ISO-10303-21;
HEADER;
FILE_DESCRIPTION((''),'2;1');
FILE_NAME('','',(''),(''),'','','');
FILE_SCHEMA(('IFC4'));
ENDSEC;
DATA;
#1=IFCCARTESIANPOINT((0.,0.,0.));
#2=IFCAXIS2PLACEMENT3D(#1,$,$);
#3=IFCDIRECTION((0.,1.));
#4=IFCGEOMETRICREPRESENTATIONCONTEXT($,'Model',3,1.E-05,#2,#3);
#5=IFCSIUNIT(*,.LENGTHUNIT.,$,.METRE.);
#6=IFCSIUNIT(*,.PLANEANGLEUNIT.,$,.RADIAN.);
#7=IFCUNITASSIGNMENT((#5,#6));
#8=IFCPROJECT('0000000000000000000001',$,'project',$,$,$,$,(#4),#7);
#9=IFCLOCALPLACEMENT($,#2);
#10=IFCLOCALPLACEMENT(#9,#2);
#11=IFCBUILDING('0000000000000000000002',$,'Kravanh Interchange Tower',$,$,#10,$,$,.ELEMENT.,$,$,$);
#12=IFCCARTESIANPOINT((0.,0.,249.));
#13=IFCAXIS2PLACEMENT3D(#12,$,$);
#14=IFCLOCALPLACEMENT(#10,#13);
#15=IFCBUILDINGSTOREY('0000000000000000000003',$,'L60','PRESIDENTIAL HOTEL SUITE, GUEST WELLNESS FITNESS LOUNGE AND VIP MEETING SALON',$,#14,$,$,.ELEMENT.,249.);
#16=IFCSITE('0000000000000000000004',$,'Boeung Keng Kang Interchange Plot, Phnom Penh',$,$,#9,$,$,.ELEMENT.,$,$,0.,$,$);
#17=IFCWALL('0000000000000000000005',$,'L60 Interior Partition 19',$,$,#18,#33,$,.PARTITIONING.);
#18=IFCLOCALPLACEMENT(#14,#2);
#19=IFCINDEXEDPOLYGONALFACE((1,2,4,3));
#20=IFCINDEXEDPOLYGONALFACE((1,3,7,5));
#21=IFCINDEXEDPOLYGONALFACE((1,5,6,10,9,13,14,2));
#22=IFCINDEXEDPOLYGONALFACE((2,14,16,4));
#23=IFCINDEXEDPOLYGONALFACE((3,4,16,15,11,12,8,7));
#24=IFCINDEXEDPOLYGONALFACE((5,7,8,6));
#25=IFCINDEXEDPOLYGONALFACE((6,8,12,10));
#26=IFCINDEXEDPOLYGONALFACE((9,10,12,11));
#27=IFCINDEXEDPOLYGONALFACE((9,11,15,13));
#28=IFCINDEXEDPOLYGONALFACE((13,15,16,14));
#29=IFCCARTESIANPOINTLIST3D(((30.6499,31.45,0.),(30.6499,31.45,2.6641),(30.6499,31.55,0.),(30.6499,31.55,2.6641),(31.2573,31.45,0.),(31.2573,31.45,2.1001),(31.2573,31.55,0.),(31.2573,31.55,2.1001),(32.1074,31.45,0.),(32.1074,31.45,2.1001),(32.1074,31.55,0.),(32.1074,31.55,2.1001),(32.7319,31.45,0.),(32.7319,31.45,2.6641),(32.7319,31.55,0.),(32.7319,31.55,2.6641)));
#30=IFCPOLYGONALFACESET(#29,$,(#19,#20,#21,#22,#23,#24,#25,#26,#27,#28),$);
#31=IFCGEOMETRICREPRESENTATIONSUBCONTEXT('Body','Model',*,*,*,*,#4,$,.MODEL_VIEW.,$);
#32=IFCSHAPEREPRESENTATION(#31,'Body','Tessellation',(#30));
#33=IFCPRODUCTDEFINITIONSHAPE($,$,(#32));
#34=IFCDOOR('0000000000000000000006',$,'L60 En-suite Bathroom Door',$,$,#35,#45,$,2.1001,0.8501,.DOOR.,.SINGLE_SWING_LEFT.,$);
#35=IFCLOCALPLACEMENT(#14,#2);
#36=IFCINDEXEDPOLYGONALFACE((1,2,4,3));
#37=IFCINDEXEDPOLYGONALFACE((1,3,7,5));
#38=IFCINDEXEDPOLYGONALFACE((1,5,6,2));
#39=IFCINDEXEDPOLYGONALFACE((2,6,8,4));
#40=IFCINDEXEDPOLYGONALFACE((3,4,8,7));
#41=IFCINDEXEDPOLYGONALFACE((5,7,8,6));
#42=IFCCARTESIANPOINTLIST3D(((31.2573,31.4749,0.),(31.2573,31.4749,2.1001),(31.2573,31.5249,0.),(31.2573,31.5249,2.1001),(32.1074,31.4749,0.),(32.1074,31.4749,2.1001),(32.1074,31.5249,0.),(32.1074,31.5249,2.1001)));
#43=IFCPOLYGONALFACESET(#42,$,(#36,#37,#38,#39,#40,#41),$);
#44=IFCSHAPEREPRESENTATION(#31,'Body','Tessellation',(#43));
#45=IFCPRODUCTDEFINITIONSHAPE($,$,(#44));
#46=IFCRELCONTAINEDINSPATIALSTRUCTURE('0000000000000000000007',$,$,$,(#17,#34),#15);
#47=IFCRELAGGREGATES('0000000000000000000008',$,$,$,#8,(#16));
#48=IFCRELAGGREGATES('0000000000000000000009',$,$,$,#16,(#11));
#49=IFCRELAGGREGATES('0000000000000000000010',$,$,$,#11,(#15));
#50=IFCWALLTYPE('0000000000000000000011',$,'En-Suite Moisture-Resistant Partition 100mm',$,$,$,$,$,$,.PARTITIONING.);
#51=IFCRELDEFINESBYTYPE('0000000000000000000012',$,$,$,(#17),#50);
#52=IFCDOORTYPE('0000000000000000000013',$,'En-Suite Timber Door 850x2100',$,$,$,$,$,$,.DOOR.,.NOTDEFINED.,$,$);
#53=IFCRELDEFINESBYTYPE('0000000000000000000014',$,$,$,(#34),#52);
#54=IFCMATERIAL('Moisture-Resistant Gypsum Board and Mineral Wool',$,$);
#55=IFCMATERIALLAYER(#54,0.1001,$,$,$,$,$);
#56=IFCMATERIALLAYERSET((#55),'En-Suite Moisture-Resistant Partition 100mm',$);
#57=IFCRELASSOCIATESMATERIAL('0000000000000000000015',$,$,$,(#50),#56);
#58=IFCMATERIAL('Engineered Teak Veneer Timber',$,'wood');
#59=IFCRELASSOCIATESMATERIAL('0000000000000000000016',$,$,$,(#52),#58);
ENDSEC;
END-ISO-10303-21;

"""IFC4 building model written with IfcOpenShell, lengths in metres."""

from ifc_helpers import new_model, si_unit, direction, frame, frame_2d, origin, place, context, subcontext, project, spatial, rectangle, extrude, material, layer, layer_set, type_object, element, fill, save


model = new_model("IFC4")

# Units and contexts
model_context = context("Model", 3, precision=1e-05, world=origin(), true_north=direction((0.0, 1.0)))
body_context = subcontext(model_context, "Body", "Model", "MODEL_VIEW")
ifc_project = project(units=[si_unit("LENGTHUNIT", "METRE"), si_unit("PLANEANGLEUNIT", "RADIAN")], contexts=[model_context])

# Site, building, storey
site_placement = place(None, origin())
site = spatial("IfcSite", under=ifc_project, at=site_placement, Name="Boeung Keng Kang Interchange Plot, Phnom Penh", CompositionType="ELEMENT", RefElevation=0.0)
building_placement = place(site_placement, origin())
building = spatial("IfcBuilding", under=site, at=building_placement, Name="Kravanh Interchange Tower", CompositionType="ELEMENT")
storey_placement = place(building_placement, frame((0.0, 0.0, 249.0)))
storey = spatial("IfcBuildingStorey", under=building, at=storey_placement, Name="L60", Description="PRESIDENTIAL HOTEL SUITE, GUEST WELLNESS FITNESS LOUNGE AND VIP MEETING SALON", CompositionType="ELEMENT", Elevation=249.0)

# Shared definitions
ifc_material_1 = material(Name="Moisture-Resistant Gypsum Board and Mineral Wool")
ifc_layer_1 = layer(ifc_material_1, 0.1001)
ifc_layer_set_1 = layer_set([ifc_layer_1], Name="En-Suite Moisture-Resistant Partition 100mm")
wall_type_1 = type_object("IfcWallType", Name="En-Suite Moisture-Resistant Partition 100mm", PredefinedType="PARTITIONING", material=ifc_layer_set_1)

# Wall, opening, door
wall_1_placement = place(storey_placement, frame((30.6499, 31.5, 0.0), z_axis=(0.0, 0.0, 1.0), x_axis=(1.0, 0.0, 0.0)))
wall_1 = element("IfcWall", 1, at=wall_1_placement, inside=storey, type_object=wall_type_1, Name="L60 Interior Partition 19", PredefinedType="PARTITIONING", context=body_context, shape_type="SweptSolid", body=[
    extrude(rectangle(XDim=2.082, YDim=0.1001, at=frame_2d((1.041, 0.0))), origin(), (0.0, 0.0, 1.0), 2.6641),
])
opening_placement = place(wall_1_placement, frame((0.6074, 0.0, 0.0)))
opening = element("IfcOpeningElement", 2, at=opening_placement, cuts=wall_1, PredefinedType="OPENING", context=body_context, shape_type="SweptSolid", body=[
    extrude(rectangle(XDim=0.8501, YDim=2.1001, at=frame_2d((0.425, 1.05))), frame((0.0, 0.0601, 0.0), z_axis=(0.0, -1.0, 0.0), x_axis=(1.0, 0.0, 0.0)), (0.0, 0.0, 1.0), 0.1201),
])
ifc_material_2 = material(Name="Engineered Teak Veneer Timber", Category="wood")
door_type = type_object("IfcDoorType", Name="En-Suite Timber Door 850x2100", OperationType="NOTDEFINED", PredefinedType="DOOR", material=ifc_material_2)
door_placement = place(opening_placement, origin())
door = element("IfcDoor", 3, at=door_placement, inside=storey, type_object=door_type, Name="L60 En-suite Bathroom Door", OperationType="SINGLE_SWING_LEFT", OverallHeight=2.1001, OverallWidth=0.8501, PredefinedType="DOOR", context=body_context, shape_type="SweptSolid", body=[
    extrude(rectangle(XDim=0.8501, YDim=2.1001, at=frame_2d((0.425, 1.05))), frame((0.0, 0.0249, 0.0), z_axis=(0.0, -1.0, 0.0), x_axis=(1.0, 0.0, 0.0)), (0.0, 0.0, 1.0), 0.05),
])
fill(opening, door)

save(model, "model.ifc")
